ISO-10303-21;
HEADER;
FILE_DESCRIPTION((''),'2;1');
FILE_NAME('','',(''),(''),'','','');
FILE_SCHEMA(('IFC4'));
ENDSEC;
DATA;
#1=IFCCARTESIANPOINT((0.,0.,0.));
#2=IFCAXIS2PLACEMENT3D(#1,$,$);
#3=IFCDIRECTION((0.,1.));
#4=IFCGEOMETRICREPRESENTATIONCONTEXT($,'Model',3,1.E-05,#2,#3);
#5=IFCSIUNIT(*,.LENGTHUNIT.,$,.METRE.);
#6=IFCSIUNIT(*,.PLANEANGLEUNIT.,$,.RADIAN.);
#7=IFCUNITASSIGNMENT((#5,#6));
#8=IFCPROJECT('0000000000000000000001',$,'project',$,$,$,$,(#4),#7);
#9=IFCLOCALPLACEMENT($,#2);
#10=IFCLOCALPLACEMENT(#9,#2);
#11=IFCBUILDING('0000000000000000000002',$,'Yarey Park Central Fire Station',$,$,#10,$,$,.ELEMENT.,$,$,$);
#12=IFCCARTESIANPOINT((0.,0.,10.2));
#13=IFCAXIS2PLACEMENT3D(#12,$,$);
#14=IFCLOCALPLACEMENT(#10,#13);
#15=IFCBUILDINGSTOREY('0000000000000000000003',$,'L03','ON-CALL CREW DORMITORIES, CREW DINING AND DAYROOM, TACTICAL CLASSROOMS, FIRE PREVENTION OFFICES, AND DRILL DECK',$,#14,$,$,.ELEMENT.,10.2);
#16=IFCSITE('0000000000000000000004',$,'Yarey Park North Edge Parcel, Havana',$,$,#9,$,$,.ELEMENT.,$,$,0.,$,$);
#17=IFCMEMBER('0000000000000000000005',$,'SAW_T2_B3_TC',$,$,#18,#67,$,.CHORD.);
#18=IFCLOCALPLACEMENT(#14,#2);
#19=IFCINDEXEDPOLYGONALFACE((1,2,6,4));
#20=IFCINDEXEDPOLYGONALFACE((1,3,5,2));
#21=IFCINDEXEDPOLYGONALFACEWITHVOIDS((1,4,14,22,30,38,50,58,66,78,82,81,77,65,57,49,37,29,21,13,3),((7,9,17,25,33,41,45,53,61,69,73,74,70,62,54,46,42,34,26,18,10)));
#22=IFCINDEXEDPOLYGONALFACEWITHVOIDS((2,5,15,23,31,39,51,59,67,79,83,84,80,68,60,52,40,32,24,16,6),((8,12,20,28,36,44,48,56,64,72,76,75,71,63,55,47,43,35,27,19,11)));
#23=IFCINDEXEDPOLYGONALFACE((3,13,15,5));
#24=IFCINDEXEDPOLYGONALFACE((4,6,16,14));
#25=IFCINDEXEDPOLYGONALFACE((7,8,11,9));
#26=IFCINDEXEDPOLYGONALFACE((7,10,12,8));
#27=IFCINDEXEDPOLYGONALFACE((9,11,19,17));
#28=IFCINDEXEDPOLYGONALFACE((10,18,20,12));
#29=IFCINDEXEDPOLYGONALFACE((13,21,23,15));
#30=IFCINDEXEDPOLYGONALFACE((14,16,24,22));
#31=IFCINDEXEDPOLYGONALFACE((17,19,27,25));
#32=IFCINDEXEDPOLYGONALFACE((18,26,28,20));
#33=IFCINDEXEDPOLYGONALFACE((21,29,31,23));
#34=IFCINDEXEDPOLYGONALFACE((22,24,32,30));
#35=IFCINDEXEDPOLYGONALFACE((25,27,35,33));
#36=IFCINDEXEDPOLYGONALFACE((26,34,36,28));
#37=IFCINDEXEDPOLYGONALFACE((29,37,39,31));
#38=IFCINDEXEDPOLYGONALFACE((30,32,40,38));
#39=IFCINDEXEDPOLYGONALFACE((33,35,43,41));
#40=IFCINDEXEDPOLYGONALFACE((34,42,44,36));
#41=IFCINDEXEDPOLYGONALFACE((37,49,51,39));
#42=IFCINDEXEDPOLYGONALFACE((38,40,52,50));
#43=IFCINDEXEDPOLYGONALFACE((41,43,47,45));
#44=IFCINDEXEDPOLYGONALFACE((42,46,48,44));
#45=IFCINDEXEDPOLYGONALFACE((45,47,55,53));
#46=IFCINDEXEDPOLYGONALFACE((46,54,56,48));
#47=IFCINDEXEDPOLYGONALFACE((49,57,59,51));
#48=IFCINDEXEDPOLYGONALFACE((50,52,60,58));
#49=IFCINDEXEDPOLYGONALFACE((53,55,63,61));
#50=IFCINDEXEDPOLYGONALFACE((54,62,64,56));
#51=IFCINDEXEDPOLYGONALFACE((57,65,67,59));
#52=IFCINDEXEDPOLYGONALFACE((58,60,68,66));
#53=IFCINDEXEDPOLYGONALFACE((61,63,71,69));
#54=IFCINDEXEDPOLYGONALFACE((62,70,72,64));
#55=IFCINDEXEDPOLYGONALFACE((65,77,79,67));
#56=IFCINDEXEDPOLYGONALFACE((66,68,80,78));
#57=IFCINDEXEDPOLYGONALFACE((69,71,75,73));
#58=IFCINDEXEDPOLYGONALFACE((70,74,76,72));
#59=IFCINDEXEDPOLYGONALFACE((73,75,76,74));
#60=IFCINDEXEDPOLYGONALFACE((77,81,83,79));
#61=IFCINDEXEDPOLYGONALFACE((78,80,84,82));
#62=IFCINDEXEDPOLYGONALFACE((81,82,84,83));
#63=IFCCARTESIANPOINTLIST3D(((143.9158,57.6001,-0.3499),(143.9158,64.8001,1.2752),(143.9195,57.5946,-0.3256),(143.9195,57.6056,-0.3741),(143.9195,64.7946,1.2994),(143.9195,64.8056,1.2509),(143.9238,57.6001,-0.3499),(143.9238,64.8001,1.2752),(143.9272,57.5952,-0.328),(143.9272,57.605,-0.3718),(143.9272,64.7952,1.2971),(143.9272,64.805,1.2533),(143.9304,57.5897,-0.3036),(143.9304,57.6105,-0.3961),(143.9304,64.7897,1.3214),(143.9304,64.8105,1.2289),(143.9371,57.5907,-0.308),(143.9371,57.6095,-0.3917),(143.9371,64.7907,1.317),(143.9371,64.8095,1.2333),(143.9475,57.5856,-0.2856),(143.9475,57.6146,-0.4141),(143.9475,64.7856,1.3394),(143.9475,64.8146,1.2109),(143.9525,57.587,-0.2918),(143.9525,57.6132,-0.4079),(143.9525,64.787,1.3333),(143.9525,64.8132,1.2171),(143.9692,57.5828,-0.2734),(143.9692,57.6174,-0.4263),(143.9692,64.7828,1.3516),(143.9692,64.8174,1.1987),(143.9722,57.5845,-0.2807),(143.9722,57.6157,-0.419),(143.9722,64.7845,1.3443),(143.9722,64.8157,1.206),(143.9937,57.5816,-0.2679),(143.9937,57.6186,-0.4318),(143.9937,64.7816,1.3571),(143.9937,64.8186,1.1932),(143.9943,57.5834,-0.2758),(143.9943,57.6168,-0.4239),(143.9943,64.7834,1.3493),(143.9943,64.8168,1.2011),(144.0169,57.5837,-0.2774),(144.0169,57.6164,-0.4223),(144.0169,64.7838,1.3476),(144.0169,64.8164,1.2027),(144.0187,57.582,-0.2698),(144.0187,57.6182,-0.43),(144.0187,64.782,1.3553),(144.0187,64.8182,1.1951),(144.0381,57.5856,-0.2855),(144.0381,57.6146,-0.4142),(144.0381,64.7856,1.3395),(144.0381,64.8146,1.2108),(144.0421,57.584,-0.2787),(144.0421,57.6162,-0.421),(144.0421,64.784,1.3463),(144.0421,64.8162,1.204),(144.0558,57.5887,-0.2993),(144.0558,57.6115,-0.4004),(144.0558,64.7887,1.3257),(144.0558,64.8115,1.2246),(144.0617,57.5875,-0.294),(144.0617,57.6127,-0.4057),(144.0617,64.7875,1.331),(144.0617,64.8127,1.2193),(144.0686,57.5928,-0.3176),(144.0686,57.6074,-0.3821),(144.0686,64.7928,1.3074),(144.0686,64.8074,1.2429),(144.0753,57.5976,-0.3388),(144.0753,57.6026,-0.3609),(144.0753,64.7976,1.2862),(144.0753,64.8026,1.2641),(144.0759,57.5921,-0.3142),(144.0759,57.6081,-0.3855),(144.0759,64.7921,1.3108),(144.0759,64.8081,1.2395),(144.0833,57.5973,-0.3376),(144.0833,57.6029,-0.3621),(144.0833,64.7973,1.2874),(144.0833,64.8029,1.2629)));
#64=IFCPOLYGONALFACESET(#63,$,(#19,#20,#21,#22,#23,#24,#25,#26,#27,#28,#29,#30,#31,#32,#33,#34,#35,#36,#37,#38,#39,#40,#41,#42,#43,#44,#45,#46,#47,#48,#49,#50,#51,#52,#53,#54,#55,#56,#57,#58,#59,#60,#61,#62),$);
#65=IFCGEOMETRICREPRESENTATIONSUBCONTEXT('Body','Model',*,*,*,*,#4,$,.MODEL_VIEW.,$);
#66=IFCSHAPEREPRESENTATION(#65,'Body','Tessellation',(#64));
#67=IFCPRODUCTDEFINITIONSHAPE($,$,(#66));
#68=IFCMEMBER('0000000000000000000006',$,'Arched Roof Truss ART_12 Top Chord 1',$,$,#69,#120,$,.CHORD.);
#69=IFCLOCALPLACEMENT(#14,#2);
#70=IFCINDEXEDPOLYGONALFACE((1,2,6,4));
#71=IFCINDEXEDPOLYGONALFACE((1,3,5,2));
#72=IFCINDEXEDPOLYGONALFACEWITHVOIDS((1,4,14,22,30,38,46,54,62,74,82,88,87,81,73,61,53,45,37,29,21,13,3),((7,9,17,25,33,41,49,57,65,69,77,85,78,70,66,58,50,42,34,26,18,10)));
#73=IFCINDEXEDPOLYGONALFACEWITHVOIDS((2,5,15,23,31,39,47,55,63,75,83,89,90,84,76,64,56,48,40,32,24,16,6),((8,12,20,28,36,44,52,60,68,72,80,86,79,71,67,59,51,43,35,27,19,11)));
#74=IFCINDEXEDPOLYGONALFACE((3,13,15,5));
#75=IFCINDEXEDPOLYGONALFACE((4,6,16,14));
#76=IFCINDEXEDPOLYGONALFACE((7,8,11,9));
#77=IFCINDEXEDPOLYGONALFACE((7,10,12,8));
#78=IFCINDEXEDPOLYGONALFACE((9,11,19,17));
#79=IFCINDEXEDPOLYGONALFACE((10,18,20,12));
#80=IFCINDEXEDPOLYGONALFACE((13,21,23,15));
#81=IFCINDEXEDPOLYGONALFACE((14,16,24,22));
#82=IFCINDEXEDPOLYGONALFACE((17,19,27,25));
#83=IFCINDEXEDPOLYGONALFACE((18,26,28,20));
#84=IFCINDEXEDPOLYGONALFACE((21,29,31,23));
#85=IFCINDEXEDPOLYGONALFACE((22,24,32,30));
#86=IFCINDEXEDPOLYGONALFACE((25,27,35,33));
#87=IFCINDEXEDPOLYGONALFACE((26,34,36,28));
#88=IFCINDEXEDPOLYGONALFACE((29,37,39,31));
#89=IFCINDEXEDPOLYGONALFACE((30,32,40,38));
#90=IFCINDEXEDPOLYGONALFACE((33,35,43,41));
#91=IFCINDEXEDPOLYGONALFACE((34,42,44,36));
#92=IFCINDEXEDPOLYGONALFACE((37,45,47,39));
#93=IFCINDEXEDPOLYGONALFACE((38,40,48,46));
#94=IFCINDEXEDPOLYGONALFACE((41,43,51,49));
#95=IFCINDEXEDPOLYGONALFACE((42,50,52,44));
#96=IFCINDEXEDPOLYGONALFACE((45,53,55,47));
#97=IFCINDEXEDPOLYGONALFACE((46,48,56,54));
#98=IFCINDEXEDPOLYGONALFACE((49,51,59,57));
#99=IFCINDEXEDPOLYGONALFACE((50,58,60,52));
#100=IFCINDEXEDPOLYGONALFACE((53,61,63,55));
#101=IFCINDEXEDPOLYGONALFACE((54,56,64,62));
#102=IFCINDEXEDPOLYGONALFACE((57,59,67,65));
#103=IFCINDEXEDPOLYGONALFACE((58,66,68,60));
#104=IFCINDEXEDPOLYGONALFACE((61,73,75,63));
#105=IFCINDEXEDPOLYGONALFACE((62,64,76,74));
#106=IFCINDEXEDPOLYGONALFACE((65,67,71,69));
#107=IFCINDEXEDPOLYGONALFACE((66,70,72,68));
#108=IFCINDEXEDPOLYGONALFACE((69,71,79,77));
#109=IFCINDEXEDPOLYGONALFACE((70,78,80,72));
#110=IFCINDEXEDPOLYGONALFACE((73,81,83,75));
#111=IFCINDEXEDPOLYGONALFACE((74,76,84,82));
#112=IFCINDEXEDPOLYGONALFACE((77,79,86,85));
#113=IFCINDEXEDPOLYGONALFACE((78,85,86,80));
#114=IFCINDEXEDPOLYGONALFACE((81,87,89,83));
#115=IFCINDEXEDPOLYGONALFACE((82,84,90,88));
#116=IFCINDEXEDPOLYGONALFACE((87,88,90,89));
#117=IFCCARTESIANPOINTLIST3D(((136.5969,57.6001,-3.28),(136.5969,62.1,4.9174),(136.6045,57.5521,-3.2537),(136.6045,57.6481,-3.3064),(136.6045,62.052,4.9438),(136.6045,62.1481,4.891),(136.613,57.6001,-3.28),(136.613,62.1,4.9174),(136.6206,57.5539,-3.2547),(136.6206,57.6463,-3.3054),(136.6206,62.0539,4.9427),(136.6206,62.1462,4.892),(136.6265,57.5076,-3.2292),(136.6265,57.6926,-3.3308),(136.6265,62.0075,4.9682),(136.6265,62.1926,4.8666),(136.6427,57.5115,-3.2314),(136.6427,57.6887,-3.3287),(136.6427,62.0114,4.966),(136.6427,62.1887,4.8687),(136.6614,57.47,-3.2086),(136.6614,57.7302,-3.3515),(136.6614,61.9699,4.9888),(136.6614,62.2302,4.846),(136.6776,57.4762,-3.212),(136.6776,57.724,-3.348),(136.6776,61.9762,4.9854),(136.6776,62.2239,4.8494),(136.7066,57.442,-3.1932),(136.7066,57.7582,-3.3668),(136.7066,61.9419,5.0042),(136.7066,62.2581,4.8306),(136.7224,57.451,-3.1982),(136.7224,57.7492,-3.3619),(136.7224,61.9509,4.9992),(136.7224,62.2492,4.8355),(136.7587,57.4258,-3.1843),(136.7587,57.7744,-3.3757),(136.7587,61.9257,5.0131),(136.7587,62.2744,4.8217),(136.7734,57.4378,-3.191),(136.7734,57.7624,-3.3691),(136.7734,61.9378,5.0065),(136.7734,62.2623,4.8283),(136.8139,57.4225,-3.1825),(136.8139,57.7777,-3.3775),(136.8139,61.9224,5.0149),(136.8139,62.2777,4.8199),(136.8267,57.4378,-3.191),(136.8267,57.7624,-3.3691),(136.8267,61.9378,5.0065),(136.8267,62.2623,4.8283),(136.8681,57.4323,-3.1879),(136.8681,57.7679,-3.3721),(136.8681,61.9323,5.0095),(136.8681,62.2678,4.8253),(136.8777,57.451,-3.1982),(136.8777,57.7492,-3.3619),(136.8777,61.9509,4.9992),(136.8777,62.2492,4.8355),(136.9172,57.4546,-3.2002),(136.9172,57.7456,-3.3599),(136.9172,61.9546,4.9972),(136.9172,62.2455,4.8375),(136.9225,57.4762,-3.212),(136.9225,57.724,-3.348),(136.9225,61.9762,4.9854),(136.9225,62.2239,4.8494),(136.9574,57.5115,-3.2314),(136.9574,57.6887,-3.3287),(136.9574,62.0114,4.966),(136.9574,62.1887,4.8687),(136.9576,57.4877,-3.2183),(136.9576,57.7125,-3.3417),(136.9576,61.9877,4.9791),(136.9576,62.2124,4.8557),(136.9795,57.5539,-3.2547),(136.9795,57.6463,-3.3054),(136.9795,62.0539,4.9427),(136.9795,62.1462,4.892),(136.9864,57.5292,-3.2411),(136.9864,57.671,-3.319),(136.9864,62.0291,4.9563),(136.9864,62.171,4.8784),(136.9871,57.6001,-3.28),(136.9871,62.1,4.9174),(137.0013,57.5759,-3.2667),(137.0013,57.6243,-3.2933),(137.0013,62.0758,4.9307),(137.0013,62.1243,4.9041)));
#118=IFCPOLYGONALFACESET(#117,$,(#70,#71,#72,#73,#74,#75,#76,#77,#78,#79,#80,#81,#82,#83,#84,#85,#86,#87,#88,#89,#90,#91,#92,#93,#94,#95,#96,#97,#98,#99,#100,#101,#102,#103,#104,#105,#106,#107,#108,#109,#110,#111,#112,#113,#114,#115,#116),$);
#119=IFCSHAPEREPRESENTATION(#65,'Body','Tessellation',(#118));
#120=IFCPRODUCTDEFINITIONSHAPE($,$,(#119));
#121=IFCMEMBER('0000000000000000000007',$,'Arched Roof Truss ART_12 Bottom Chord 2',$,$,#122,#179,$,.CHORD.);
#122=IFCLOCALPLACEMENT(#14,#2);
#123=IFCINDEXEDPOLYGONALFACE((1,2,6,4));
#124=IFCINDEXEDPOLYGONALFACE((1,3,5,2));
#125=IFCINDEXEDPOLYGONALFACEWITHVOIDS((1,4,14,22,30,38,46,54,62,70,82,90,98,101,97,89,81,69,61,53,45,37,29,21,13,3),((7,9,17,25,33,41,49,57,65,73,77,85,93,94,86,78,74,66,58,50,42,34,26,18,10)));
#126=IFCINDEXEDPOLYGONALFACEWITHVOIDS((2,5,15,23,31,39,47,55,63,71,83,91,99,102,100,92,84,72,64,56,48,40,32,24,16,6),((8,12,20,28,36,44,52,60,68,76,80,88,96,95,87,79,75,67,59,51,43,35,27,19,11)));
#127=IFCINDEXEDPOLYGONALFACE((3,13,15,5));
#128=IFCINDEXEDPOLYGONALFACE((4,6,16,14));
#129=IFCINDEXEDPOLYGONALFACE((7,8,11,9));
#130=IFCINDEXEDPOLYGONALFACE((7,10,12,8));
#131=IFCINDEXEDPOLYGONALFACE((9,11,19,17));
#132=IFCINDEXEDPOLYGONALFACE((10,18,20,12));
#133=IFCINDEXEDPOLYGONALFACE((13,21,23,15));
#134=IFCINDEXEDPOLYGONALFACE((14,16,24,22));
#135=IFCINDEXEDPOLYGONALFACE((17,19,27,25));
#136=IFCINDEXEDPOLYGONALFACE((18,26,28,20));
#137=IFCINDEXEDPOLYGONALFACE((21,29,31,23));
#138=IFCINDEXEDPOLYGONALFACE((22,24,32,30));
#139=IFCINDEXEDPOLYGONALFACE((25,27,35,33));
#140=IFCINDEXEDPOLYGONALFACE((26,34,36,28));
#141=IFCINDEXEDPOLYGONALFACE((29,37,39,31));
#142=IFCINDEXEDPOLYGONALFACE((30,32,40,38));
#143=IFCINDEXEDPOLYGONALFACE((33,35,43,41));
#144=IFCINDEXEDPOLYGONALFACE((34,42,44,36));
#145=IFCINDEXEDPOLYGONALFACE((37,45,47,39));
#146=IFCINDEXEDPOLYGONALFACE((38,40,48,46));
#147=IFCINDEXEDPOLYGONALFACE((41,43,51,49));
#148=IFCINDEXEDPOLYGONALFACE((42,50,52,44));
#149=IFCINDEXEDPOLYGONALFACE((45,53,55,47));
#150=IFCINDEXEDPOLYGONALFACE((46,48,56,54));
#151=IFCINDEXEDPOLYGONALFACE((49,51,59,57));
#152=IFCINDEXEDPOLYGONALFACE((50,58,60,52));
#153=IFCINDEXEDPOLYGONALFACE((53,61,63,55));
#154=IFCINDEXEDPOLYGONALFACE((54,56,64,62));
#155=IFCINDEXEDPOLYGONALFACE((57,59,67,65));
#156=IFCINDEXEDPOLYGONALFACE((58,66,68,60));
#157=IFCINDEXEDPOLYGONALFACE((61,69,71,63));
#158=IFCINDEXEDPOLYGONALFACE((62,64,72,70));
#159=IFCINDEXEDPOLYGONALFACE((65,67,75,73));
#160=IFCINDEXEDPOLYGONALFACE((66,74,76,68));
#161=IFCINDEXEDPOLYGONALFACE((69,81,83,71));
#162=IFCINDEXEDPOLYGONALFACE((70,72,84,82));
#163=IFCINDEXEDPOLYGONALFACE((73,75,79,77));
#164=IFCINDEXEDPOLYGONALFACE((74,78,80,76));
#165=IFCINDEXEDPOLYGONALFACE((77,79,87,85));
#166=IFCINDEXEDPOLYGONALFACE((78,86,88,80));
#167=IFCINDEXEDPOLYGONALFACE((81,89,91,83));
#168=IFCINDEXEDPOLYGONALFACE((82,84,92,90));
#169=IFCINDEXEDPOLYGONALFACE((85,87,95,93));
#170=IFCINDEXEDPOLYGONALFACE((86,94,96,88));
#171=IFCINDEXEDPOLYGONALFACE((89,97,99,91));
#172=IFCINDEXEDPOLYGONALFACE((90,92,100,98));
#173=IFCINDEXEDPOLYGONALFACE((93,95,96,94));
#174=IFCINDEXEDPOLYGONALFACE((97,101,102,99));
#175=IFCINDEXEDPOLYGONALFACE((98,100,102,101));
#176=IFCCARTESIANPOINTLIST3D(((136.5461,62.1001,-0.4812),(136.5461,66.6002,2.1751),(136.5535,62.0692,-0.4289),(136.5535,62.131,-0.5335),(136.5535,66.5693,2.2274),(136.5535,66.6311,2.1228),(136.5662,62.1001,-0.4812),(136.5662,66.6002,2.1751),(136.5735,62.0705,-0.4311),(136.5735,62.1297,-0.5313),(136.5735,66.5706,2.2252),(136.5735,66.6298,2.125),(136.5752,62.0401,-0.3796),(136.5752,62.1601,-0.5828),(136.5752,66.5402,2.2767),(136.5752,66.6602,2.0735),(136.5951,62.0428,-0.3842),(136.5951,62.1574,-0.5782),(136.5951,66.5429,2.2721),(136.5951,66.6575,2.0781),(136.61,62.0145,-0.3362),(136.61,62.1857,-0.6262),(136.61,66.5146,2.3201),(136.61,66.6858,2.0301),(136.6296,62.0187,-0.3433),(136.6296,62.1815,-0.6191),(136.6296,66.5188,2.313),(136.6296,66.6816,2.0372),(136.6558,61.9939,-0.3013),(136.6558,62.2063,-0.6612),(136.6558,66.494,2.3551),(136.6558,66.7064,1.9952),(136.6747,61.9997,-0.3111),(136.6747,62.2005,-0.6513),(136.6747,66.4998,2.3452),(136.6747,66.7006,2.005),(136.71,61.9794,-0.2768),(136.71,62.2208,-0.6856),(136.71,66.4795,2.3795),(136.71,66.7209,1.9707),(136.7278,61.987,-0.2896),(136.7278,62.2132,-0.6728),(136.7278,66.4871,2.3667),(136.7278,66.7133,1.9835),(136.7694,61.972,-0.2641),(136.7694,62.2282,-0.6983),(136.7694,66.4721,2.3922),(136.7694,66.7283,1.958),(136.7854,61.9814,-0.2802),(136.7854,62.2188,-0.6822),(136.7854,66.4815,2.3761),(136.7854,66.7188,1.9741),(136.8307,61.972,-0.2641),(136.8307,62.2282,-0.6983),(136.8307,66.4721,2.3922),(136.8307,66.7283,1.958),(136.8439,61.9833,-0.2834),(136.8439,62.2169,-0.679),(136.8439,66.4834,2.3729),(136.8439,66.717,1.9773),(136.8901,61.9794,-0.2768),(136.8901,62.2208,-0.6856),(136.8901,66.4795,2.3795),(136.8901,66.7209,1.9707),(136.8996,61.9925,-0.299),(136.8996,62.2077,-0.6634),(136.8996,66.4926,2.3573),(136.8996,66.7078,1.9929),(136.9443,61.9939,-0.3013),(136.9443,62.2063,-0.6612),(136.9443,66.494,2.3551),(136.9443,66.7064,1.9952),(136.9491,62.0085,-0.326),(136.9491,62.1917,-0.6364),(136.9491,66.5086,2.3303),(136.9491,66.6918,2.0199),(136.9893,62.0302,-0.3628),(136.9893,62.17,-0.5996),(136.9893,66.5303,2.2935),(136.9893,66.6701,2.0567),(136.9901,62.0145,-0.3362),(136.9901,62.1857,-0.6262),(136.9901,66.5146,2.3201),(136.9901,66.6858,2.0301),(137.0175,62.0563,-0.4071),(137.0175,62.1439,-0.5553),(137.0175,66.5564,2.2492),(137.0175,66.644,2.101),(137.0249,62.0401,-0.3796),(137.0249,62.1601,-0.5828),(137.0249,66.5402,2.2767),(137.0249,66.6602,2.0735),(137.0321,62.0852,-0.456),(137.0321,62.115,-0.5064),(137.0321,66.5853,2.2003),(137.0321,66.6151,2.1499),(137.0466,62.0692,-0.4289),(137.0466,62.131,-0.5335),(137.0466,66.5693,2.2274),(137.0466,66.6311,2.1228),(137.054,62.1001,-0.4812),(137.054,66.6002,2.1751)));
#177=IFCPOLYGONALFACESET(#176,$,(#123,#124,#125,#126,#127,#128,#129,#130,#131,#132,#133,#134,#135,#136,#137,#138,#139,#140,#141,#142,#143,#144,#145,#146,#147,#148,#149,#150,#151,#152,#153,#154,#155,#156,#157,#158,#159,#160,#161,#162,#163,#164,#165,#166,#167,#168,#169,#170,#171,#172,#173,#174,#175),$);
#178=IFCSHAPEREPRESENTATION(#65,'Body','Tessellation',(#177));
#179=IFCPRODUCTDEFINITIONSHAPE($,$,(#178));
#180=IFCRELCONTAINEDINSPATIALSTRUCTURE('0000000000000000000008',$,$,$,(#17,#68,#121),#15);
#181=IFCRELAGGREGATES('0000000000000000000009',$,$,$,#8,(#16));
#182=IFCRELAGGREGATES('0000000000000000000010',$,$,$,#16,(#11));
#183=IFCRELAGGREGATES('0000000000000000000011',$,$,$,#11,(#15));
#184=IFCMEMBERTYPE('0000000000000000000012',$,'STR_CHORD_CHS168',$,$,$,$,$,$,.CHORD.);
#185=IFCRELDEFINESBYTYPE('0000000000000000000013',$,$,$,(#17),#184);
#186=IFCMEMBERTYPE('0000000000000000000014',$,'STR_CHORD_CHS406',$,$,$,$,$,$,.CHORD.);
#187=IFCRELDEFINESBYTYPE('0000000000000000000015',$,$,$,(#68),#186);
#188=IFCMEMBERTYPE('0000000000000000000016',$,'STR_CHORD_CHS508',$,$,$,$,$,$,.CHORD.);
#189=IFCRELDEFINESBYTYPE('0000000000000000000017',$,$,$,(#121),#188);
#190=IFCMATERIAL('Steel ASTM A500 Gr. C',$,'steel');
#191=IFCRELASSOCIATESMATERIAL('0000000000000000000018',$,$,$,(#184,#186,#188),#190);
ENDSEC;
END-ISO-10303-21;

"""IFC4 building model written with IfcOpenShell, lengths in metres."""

from ifc_helpers import new_model, si_unit, direction, frame, origin, origin_2d, place, context, subcontext, project, spatial, hollow_circle, extrude, material, material_profile, profile_set, type_object, element, save


model = new_model("IFC4")

# Units and contexts
model_context = context("Model", 3, precision=1e-05, world=origin(), true_north=direction((0.0, 1.0)))
body_context = subcontext(model_context, "Body", "Model", "MODEL_VIEW")
ifc_project = project(units=[si_unit("LENGTHUNIT", "METRE"), si_unit("PLANEANGLEUNIT", "RADIAN")], contexts=[model_context])

# Site, building, storey
site_placement = place(None, origin())
site = spatial("IfcSite", under=ifc_project, at=site_placement, Name="Yarey Park North Edge Parcel, Havana", CompositionType="ELEMENT", RefElevation=0.0)
building_placement = place(site_placement, origin())
building = spatial("IfcBuilding", under=site, at=building_placement, Name="Yarey Park Central Fire Station", CompositionType="ELEMENT")
storey_placement = place(building_placement, frame((0.0, 0.0, 10.2)))
storey = spatial("IfcBuildingStorey", under=building, at=storey_placement, Name="L03", Description="ON-CALL CREW DORMITORIES, CREW DINING AND DAYROOM, TACTICAL CLASSROOMS, FIRE PREVENTION OFFICES, AND DRILL DECK", CompositionType="ELEMENT", Elevation=10.2)

# Members
ifc_material_1 = material(Name="Steel ASTM A500 Gr. C", Category="steel")
ifc_material_profile_1 = material_profile(ifc_material_1, hollow_circle(Radius=0.0842, WallThickness=0.0081, at=origin_2d()), Name="CHS 168.3x8")
ifc_profile_set_1 = profile_set([ifc_material_profile_1], Name="Steel ASTM A500 Gr. C")
member_type_1 = type_object("IfcMemberType", Name="STR_CHORD_CHS168", PredefinedType="CHORD", material=ifc_profile_set_1)
member_1_placement = place(storey_placement, frame((144.0, 57.6001, -0.3499), z_axis=(0.0, 0.975464, 0.220158), x_axis=(-1.0, 0.0, 0.0)))
element("IfcMember", 1, at=member_1_placement, inside=storey, type_object=member_type_1, Name="SAW_T2_B3_TC", PredefinedType="CHORD", context=body_context, shape_type="SweptSolid", body=[
    extrude(hollow_circle(Radius=0.0842, WallThickness=0.0081, at=origin_2d()), origin(), (0.0, 0.0, 1.0), 7.3811),
])
ifc_material_profile_2 = material_profile(ifc_material_1, hollow_circle(Radius=0.2031, WallThickness=0.0161, at=origin_2d()), Name="CHS 406.4x16")
ifc_profile_set_2 = profile_set([ifc_material_profile_2], Name="Steel ASTM A500 Gr. C")
member_type_2 = type_object("IfcMemberType", Name="STR_CHORD_CHS406", PredefinedType="CHORD", material=ifc_profile_set_2)
member_2_placement = place(storey_placement, frame((136.8, 57.6001, -3.28), z_axis=(0.0, 0.48121, 0.876605), x_axis=(-1.0, 0.0, 0.0)))
element("IfcMember", 2, at=member_2_placement, inside=storey, type_object=member_type_2, Name="Arched Roof Truss ART_12 Top Chord 1", PredefinedType="CHORD", context=body_context, shape_type="SweptSolid", body=[
    extrude(hollow_circle(Radius=0.2031, WallThickness=0.0161, at=origin_2d()), origin(), (0.0, 0.0, 1.0), 9.3513),
])
ifc_material_profile_3 = material_profile(ifc_material_1, hollow_circle(Radius=0.2539, WallThickness=0.02, at=origin_2d()), Name="CHS 508x20")
ifc_profile_set_3 = profile_set([ifc_material_profile_3], Name="Steel ASTM A500 Gr. C")
member_type_3 = type_object("IfcMemberType", Name="STR_CHORD_CHS508", PredefinedType="CHORD", material=ifc_profile_set_3)
member_3_placement = place(storey_placement, frame((136.8, 62.1001, -0.4812), z_axis=(0.0, 0.861165, 0.508326), x_axis=(-1.0, 0.0, 0.0)))
element("IfcMember", 3, at=member_3_placement, inside=storey, type_object=member_type_3, Name="Arched Roof Truss ART_12 Bottom Chord 2", PredefinedType="CHORD", context=body_context, shape_type="SweptSolid", body=[
    extrude(hollow_circle(Radius=0.2539, WallThickness=0.02, at=origin_2d()), origin(), (0.0, 0.0, 1.0), 5.2256),
])

save(model, "model.ifc")
